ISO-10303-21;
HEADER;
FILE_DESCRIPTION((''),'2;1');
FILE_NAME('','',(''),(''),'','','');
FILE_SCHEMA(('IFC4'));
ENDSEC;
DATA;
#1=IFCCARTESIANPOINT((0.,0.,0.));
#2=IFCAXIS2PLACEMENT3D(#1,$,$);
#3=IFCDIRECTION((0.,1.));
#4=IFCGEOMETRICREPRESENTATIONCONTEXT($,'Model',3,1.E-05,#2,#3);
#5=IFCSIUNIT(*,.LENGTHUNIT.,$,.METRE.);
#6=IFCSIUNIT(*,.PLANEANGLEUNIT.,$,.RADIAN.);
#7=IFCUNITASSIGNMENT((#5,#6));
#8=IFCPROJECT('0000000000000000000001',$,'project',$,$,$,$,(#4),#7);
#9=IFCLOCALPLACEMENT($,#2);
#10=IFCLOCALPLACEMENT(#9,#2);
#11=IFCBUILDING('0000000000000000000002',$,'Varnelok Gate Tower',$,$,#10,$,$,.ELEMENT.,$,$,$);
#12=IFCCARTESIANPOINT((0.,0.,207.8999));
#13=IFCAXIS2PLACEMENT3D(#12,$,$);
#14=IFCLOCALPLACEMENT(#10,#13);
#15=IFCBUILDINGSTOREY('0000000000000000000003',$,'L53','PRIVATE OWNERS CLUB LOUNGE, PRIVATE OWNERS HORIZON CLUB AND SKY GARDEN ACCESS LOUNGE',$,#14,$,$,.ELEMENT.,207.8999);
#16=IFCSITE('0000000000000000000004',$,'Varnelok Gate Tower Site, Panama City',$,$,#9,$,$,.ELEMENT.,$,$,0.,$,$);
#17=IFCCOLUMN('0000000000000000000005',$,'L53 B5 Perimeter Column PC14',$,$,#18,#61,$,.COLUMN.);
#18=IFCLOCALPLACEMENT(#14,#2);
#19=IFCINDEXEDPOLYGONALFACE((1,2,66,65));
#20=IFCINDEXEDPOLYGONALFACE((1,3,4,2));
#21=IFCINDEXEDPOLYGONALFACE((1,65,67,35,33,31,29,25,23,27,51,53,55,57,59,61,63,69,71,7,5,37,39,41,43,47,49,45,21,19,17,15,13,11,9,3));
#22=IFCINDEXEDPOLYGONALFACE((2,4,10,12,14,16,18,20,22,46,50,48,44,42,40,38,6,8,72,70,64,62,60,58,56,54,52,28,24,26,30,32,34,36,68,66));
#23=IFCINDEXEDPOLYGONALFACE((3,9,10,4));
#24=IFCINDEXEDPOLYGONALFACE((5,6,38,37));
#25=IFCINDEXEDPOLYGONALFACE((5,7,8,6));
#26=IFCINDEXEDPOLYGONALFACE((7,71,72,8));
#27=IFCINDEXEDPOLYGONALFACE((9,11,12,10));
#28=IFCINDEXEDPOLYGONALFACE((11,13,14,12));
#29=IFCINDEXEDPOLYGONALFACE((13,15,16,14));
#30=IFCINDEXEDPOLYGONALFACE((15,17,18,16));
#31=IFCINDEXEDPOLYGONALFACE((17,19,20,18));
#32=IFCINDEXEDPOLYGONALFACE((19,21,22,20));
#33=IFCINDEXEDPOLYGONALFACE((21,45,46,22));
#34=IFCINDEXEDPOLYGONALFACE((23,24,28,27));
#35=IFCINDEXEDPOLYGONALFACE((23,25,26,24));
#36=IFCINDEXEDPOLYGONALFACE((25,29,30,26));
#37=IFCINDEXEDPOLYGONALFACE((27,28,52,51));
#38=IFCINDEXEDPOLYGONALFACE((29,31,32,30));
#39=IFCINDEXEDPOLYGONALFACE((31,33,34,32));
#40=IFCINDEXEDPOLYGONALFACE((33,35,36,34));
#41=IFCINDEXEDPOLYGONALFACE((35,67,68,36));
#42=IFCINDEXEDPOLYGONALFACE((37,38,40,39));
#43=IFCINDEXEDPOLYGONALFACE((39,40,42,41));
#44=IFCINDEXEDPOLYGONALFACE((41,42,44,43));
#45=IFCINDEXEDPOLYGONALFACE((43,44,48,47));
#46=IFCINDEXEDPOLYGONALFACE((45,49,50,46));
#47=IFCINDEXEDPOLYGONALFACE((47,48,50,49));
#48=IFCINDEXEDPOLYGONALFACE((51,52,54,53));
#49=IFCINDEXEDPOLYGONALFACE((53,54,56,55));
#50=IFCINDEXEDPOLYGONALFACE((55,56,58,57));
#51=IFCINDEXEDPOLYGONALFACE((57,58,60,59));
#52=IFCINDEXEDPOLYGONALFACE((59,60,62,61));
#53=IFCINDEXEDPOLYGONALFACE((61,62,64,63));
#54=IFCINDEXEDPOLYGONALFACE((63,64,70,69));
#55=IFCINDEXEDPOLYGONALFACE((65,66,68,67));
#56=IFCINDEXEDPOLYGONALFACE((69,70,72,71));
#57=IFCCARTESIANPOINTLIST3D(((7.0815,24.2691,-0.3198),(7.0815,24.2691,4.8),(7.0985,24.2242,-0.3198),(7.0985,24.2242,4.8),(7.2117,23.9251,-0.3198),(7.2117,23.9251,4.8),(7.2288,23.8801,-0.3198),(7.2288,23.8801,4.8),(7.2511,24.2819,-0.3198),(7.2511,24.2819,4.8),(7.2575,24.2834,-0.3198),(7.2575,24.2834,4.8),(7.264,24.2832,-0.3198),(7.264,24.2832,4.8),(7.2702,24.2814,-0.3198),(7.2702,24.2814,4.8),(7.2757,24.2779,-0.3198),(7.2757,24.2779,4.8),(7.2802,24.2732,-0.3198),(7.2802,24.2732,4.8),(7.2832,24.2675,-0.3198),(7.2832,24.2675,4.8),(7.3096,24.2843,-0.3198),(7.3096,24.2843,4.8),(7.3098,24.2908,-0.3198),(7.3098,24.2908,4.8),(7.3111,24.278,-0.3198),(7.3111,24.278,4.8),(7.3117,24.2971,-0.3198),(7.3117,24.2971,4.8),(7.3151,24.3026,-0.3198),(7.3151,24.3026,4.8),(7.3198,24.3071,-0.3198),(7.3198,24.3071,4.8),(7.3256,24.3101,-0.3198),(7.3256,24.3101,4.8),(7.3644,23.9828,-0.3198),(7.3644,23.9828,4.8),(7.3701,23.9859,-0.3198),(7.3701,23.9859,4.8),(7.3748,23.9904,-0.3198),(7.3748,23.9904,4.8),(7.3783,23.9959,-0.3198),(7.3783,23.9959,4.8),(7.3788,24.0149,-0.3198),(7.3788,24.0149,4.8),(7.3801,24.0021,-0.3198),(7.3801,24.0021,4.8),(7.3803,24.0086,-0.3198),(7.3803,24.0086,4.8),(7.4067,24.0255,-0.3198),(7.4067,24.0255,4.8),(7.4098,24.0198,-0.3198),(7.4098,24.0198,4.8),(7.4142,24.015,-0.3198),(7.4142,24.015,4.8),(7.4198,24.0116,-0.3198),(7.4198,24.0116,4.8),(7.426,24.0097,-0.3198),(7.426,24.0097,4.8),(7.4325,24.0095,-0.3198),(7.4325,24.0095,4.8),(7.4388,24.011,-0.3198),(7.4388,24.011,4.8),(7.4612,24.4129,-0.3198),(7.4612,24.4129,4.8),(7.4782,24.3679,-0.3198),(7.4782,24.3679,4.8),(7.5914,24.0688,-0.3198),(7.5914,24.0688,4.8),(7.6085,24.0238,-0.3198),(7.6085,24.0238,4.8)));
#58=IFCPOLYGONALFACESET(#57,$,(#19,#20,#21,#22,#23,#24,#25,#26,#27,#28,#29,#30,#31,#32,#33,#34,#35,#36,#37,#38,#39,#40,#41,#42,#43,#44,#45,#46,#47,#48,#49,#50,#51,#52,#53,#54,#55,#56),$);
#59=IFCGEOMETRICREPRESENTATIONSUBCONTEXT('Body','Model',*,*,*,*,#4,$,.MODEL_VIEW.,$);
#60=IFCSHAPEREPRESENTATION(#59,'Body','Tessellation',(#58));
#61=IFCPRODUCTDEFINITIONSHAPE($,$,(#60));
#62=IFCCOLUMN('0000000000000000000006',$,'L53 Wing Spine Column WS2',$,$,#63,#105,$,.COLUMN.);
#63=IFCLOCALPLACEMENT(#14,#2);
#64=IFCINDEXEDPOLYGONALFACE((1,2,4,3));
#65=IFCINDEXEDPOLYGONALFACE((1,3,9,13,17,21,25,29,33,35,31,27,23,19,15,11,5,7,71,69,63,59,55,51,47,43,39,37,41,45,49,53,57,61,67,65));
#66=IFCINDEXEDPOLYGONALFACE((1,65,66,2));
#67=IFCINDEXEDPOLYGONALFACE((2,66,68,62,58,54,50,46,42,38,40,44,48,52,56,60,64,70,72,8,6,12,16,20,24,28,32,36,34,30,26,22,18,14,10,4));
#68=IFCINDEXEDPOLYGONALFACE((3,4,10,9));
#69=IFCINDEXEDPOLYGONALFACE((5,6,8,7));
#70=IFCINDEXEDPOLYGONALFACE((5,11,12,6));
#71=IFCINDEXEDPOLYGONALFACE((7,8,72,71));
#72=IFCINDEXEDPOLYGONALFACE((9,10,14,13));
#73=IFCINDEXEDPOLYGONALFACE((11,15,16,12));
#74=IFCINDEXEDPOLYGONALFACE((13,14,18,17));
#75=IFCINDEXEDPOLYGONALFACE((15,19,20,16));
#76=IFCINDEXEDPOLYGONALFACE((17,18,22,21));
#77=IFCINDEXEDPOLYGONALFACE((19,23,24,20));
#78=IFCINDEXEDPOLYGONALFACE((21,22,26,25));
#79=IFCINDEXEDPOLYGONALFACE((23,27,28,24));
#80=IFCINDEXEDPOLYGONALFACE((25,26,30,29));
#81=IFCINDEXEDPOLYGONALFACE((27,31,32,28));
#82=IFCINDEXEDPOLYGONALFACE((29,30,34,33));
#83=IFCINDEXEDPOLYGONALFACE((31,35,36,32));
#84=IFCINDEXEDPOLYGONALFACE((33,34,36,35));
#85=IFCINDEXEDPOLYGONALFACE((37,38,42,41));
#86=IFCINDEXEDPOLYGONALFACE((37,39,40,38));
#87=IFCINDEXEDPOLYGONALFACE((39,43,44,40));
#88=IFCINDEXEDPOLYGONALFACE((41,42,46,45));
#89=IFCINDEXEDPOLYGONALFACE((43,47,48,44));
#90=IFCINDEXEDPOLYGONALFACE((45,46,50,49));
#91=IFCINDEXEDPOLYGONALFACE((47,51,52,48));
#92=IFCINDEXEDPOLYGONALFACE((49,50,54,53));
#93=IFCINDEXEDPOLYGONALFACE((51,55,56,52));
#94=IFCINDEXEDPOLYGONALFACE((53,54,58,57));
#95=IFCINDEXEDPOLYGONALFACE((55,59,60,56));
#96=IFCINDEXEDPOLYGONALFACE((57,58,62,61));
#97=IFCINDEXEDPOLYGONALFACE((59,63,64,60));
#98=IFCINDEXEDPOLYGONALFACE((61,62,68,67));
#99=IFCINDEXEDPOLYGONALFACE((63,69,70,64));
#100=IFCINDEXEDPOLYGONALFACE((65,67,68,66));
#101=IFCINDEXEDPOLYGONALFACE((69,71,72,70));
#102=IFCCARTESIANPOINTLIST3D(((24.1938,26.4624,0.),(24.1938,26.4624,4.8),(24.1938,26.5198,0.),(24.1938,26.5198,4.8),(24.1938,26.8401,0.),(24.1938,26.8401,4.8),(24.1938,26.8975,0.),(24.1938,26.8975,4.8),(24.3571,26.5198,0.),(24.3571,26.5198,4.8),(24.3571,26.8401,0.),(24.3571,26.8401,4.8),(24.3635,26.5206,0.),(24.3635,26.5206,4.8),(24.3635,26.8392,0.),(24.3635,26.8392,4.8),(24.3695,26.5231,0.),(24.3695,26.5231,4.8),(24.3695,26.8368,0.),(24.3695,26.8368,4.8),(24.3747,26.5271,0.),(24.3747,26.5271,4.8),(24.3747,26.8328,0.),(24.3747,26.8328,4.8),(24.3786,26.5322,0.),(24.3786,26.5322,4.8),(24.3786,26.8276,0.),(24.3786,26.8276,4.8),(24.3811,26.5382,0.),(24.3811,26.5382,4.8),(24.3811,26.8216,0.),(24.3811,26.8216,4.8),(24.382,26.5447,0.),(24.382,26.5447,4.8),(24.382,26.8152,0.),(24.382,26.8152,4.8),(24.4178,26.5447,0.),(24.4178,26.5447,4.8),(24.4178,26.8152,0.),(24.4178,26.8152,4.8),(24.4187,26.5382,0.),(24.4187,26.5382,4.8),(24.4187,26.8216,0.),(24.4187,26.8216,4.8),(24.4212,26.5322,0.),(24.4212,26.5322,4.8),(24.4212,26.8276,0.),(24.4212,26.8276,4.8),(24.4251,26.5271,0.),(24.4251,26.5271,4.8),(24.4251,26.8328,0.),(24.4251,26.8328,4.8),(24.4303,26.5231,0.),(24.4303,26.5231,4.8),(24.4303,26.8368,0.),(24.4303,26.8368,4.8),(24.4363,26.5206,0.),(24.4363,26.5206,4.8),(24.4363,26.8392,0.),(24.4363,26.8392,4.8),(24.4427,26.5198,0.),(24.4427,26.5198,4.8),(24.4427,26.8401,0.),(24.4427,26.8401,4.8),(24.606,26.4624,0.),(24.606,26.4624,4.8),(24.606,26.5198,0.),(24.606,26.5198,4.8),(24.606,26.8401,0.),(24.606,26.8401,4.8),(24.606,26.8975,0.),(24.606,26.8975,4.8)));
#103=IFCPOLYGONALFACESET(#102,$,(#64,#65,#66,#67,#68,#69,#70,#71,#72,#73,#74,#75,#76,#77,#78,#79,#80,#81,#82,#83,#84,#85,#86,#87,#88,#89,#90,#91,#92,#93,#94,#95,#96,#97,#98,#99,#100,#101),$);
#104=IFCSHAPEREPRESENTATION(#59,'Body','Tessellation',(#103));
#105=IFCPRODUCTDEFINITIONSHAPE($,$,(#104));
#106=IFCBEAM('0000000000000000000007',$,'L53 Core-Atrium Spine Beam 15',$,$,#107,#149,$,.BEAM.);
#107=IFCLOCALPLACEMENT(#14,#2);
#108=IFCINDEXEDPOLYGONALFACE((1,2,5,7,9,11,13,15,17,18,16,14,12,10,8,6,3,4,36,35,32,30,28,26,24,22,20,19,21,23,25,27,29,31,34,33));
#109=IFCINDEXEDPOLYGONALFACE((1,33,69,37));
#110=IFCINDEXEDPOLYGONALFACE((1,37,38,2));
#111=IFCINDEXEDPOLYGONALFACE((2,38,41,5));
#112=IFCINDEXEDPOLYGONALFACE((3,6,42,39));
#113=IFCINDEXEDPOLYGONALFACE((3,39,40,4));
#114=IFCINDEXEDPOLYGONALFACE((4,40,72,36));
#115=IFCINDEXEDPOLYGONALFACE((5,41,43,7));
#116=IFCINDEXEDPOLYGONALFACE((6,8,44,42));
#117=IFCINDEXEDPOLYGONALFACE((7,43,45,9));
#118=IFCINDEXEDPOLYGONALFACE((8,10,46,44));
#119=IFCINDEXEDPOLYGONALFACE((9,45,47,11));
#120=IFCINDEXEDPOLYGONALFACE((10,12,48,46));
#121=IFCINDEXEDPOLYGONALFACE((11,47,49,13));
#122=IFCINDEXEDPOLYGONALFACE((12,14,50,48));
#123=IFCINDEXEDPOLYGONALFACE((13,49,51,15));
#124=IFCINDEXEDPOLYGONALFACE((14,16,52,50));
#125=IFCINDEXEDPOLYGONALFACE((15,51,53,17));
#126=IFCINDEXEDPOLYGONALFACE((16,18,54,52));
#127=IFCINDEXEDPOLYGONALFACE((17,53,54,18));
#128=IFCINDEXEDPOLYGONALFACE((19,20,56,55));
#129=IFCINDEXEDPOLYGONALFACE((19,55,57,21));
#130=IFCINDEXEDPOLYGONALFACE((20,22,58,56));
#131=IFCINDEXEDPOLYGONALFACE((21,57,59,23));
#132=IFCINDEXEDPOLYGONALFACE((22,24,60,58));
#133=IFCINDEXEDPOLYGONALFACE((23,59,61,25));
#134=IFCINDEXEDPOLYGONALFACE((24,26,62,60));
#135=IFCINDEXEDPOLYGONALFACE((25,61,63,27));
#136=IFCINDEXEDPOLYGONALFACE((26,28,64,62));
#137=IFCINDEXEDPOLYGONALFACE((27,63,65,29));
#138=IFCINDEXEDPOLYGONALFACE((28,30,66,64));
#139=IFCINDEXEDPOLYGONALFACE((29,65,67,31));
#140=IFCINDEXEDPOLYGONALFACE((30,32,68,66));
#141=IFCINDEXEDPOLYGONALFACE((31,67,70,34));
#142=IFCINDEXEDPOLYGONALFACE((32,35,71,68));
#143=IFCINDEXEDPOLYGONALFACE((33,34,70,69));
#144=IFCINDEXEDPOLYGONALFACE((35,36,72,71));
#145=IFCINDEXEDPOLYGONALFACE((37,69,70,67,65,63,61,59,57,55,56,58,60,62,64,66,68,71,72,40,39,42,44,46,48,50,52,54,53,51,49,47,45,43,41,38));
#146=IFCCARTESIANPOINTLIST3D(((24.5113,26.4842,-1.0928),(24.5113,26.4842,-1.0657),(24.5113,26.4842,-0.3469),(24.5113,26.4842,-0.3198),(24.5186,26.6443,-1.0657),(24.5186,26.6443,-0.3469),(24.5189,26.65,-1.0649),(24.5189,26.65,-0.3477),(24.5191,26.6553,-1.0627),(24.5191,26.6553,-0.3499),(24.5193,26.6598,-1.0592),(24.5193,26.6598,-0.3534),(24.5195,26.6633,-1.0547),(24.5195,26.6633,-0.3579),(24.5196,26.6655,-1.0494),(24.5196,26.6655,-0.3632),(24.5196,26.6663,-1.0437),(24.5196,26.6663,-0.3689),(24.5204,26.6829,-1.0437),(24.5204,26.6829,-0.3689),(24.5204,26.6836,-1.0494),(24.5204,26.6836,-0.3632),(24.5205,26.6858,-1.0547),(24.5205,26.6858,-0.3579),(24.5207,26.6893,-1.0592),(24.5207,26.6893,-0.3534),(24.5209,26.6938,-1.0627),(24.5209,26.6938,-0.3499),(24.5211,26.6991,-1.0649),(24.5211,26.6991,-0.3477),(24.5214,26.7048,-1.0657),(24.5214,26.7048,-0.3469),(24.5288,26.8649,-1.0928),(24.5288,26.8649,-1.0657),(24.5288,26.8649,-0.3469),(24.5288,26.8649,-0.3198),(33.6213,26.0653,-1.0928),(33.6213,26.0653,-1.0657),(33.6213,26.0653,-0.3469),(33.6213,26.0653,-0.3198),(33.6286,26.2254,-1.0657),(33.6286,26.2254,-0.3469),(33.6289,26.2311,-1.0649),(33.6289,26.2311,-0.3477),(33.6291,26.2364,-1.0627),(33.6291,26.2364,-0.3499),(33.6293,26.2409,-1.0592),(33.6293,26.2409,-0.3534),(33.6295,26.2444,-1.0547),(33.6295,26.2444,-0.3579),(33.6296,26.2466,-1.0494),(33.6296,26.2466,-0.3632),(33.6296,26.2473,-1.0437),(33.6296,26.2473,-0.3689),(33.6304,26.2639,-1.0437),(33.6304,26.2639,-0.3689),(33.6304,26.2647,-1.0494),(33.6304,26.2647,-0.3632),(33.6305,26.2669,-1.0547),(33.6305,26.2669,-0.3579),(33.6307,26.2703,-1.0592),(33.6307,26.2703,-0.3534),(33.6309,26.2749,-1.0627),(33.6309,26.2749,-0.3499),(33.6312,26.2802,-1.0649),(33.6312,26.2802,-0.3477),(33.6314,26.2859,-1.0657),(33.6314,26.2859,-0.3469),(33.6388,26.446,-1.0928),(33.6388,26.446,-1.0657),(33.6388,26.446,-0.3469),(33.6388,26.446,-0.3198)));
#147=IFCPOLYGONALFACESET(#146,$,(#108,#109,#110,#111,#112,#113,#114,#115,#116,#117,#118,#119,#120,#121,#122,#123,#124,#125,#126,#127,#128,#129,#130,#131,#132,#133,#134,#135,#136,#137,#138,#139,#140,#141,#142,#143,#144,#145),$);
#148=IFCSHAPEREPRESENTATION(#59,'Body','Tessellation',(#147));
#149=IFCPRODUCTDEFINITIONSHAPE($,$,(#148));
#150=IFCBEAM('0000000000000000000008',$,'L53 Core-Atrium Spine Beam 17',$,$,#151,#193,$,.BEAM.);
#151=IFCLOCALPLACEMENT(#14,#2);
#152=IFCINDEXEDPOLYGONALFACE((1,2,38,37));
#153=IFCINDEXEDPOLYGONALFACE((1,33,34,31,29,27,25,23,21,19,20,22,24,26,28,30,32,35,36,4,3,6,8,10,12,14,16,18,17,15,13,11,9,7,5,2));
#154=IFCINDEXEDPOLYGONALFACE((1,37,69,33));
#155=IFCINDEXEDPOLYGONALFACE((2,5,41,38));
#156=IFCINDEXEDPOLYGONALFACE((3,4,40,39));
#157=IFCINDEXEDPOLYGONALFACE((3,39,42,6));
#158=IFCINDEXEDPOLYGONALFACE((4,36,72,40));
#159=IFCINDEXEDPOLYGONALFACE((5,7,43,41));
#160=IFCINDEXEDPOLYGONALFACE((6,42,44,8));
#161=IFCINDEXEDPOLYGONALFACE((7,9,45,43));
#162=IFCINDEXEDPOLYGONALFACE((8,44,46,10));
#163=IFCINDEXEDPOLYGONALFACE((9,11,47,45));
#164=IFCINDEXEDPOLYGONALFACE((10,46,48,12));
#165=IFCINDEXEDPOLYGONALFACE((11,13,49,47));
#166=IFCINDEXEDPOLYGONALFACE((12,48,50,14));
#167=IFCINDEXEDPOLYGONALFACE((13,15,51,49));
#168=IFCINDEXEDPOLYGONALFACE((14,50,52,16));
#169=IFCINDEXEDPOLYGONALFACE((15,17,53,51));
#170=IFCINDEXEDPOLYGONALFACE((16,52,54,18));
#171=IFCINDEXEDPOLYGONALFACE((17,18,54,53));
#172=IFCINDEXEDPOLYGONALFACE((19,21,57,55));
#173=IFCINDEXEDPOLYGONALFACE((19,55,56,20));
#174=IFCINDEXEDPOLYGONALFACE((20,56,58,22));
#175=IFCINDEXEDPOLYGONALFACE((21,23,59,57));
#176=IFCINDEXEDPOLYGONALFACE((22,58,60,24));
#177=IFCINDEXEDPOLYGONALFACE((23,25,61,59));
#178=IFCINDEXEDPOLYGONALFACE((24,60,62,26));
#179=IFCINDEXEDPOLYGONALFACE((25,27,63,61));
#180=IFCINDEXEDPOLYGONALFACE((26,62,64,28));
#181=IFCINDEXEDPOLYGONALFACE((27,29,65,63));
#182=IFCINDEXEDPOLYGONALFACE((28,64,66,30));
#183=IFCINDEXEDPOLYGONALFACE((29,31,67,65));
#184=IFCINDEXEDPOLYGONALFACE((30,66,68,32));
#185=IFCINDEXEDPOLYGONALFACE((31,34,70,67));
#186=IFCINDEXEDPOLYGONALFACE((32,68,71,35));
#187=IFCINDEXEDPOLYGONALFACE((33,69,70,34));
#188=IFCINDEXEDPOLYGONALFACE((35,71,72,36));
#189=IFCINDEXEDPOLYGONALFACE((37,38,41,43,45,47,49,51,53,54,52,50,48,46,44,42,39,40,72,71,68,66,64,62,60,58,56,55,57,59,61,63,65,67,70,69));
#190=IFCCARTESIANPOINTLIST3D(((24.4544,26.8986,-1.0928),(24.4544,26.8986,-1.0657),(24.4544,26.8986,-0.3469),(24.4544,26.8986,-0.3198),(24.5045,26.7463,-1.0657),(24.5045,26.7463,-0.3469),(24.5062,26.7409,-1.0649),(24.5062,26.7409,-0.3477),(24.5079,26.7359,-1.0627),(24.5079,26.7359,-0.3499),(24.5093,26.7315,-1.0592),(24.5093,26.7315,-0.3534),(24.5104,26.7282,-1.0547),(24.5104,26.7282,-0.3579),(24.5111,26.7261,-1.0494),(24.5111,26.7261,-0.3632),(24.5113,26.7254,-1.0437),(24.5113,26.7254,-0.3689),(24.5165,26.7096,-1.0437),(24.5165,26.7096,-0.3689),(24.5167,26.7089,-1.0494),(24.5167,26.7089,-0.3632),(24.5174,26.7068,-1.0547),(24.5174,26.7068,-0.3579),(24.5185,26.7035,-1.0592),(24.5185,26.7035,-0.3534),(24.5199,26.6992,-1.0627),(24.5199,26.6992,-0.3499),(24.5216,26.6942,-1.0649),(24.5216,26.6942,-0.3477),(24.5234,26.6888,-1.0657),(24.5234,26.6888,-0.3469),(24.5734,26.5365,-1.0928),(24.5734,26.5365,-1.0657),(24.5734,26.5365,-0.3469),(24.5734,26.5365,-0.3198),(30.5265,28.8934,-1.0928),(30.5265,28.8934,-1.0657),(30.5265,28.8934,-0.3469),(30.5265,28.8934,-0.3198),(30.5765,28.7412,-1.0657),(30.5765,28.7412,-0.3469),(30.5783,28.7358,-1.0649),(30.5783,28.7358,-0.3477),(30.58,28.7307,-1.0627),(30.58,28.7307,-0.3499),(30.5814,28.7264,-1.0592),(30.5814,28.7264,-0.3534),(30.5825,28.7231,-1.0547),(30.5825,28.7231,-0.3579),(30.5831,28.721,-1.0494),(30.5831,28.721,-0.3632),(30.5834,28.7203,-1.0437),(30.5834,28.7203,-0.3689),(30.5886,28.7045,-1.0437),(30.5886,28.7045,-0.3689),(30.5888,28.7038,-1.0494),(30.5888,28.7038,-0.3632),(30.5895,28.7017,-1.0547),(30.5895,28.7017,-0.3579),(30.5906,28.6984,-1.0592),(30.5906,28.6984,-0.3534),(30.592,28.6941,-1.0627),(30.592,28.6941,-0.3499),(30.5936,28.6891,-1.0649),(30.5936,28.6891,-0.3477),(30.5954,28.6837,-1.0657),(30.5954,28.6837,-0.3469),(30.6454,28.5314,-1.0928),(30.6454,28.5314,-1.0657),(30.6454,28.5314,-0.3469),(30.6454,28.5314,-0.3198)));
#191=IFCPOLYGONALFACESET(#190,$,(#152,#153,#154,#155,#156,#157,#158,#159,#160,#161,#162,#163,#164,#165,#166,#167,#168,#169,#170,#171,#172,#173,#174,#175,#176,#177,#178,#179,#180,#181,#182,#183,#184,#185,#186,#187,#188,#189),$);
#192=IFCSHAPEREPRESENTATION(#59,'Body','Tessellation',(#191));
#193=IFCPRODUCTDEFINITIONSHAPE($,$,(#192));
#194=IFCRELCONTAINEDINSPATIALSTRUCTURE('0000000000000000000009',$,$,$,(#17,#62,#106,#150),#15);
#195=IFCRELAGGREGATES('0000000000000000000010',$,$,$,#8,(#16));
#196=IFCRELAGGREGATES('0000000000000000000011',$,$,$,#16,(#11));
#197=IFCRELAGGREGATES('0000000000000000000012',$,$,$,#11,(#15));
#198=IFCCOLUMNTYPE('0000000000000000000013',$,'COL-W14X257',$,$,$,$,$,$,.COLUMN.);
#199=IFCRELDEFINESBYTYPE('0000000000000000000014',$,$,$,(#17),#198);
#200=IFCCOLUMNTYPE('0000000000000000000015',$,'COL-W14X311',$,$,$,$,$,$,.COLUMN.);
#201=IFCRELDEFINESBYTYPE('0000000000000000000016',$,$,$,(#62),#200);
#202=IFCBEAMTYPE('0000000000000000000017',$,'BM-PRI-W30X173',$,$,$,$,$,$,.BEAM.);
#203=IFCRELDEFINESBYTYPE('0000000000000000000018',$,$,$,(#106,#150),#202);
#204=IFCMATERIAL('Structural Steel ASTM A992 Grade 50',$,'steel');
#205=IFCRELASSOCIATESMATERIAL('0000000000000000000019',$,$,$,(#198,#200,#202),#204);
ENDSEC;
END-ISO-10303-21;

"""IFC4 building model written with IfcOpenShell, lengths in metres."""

from ifc_helpers import new_model, si_unit, direction, frame, origin, origin_2d, place, context, subcontext, project, spatial, i_section, extrude, material, material_profile, profile_set, type_object, element, save


model = new_model("IFC4")

# Units and contexts
model_context = context("Model", 3, precision=1e-05, world=origin(), true_north=direction((0.0, 1.0)))
body_context = subcontext(model_context, "Body", "Model", "MODEL_VIEW")
ifc_project = project(units=[si_unit("LENGTHUNIT", "METRE"), si_unit("PLANEANGLEUNIT", "RADIAN")], contexts=[model_context])

# Site, building, storey
site_placement = place(None, origin())
site = spatial("IfcSite", under=ifc_project, at=site_placement, Name="Varnelok Gate Tower Site, Panama City", CompositionType="ELEMENT", RefElevation=0.0)
building_placement = place(site_placement, origin())
building = spatial("IfcBuilding", under=site, at=building_placement, Name="Varnelok Gate Tower", CompositionType="ELEMENT")
storey_placement = place(building_placement, frame((0.0, 0.0, 207.8999)))
storey = spatial("IfcBuildingStorey", under=building, at=storey_placement, Name="L53", Description="PRIVATE OWNERS CLUB LOUNGE, PRIVATE OWNERS HORIZON CLUB AND SKY GARDEN ACCESS LOUNGE", CompositionType="ELEMENT", Elevation=207.8999)

# Columns
ifc_material_1 = material(Name="Structural Steel ASTM A992 Grade 50", Category="steel")
ifc_material_profile_1 = material_profile(ifc_material_1, i_section(OverallWidth=0.406, OverallDepth=0.416, WebThickness=0.0298, FlangeThickness=0.0481, FilletRadius=0.0249, at=origin_2d()), Name="W14X257")
ifc_profile_set_1 = profile_set([ifc_material_profile_1], Name="Structural Steel ASTM A992 Grade 50")
column_type_1 = type_object("IfcColumnType", Name="COL-W14X257", PredefinedType="COLUMN", material=ifc_profile_set_1)
column_1_placement = place(storey_placement, frame((7.345, 24.1465, -0.3198), z_axis=(0.0, 0.0, 1.0), x_axis=(0.935222, 0.354063, 0.0)))
element("IfcColumn", 1, at=column_1_placement, inside=storey, type_object=column_type_1, Name="L53 B5 Perimeter Column PC14", PredefinedType="COLUMN", context=body_context, shape_type="SweptSolid", body=[
    extrude(i_section(OverallWidth=0.406, OverallDepth=0.416, WebThickness=0.0298, FlangeThickness=0.0481, FilletRadius=0.0249, at=origin_2d()), origin(), (0.0, 0.0, 1.0), 5.1199),
])
ifc_material_profile_2 = material_profile(ifc_material_1, i_section(OverallWidth=0.4121, OverallDepth=0.4351, WebThickness=0.0359, FlangeThickness=0.0574, FilletRadius=0.0249, at=origin_2d()), Name="W14X311")
ifc_profile_set_2 = profile_set([ifc_material_profile_2], Name="Structural Steel ASTM A992 Grade 50")
column_type_2 = type_object("IfcColumnType", Name="COL-W14X311", PredefinedType="COLUMN", material=ifc_profile_set_2)
column_2_placement = place(storey_placement, frame((24.3999, 26.6799, 0.0), z_axis=(0.0, 0.0, 1.0), x_axis=(1.0, 0.0, 0.0)))
element("IfcColumn", 2, at=column_2_placement, inside=storey, type_object=column_type_2, Name="L53 Wing Spine Column WS2", PredefinedType="COLUMN", context=body_context, shape_type="SweptSolid", body=[
    extrude(i_section(OverallWidth=0.4121, OverallDepth=0.4351, WebThickness=0.0359, FlangeThickness=0.0574, FilletRadius=0.0249, at=origin_2d()), origin(), (0.0, 0.0, 1.0), 4.8),
])

# Beams
ifc_material_profile_3 = material_profile(ifc_material_1, i_section(OverallWidth=0.3811, OverallDepth=0.7729, WebThickness=0.0166, FlangeThickness=0.0271, FilletRadius=0.022, at=origin_2d()), Name="W30X173")
ifc_profile_set_3 = profile_set([ifc_material_profile_3], Name="Structural Steel ASTM A992 Grade 50")
beam_type_1 = type_object("IfcBeamType", Name="BM-PRI-W30X173", PredefinedType="BEAM", material=ifc_profile_set_3)
beam_1_placement = place(storey_placement, frame((24.52, 26.6746, -0.7063), z_axis=(0.998944, -0.045938, 0.0), x_axis=(0.045938, 0.998944, 0.0)))
element("IfcBeam", 3, at=beam_1_placement, inside=storey, type_object=beam_type_1, Name="L53 Core-Atrium Spine Beam 15", PredefinedType="BEAM", context=body_context, shape_type="SweptSolid", body=[
    extrude(i_section(OverallWidth=0.3811, OverallDepth=0.7729, WebThickness=0.0166, FlangeThickness=0.0271, FilletRadius=0.022, at=origin_2d()), origin(), (0.0, 0.0, 1.0), 9.1196),
])
beam_2_placement = place(storey_placement, frame((24.5139, 26.7175, -0.7063), z_axis=(0.950042, 0.312122, 0.0), x_axis=(-0.312122, 0.950042, 0.0)))
element("IfcBeam", 4, at=beam_2_placement, inside=storey, type_object=beam_type_1, Name="L53 Core-Atrium Spine Beam 17", PredefinedType="BEAM", context=body_context, shape_type="SweptSolid", body=[
    extrude(i_section(OverallWidth=0.3811, OverallDepth=0.7729, WebThickness=0.0166, FlangeThickness=0.0271, FilletRadius=0.022, at=origin_2d()), origin(), (0.0, 0.0, 1.0), 6.3914),
])

save(model, "model.ifc")
